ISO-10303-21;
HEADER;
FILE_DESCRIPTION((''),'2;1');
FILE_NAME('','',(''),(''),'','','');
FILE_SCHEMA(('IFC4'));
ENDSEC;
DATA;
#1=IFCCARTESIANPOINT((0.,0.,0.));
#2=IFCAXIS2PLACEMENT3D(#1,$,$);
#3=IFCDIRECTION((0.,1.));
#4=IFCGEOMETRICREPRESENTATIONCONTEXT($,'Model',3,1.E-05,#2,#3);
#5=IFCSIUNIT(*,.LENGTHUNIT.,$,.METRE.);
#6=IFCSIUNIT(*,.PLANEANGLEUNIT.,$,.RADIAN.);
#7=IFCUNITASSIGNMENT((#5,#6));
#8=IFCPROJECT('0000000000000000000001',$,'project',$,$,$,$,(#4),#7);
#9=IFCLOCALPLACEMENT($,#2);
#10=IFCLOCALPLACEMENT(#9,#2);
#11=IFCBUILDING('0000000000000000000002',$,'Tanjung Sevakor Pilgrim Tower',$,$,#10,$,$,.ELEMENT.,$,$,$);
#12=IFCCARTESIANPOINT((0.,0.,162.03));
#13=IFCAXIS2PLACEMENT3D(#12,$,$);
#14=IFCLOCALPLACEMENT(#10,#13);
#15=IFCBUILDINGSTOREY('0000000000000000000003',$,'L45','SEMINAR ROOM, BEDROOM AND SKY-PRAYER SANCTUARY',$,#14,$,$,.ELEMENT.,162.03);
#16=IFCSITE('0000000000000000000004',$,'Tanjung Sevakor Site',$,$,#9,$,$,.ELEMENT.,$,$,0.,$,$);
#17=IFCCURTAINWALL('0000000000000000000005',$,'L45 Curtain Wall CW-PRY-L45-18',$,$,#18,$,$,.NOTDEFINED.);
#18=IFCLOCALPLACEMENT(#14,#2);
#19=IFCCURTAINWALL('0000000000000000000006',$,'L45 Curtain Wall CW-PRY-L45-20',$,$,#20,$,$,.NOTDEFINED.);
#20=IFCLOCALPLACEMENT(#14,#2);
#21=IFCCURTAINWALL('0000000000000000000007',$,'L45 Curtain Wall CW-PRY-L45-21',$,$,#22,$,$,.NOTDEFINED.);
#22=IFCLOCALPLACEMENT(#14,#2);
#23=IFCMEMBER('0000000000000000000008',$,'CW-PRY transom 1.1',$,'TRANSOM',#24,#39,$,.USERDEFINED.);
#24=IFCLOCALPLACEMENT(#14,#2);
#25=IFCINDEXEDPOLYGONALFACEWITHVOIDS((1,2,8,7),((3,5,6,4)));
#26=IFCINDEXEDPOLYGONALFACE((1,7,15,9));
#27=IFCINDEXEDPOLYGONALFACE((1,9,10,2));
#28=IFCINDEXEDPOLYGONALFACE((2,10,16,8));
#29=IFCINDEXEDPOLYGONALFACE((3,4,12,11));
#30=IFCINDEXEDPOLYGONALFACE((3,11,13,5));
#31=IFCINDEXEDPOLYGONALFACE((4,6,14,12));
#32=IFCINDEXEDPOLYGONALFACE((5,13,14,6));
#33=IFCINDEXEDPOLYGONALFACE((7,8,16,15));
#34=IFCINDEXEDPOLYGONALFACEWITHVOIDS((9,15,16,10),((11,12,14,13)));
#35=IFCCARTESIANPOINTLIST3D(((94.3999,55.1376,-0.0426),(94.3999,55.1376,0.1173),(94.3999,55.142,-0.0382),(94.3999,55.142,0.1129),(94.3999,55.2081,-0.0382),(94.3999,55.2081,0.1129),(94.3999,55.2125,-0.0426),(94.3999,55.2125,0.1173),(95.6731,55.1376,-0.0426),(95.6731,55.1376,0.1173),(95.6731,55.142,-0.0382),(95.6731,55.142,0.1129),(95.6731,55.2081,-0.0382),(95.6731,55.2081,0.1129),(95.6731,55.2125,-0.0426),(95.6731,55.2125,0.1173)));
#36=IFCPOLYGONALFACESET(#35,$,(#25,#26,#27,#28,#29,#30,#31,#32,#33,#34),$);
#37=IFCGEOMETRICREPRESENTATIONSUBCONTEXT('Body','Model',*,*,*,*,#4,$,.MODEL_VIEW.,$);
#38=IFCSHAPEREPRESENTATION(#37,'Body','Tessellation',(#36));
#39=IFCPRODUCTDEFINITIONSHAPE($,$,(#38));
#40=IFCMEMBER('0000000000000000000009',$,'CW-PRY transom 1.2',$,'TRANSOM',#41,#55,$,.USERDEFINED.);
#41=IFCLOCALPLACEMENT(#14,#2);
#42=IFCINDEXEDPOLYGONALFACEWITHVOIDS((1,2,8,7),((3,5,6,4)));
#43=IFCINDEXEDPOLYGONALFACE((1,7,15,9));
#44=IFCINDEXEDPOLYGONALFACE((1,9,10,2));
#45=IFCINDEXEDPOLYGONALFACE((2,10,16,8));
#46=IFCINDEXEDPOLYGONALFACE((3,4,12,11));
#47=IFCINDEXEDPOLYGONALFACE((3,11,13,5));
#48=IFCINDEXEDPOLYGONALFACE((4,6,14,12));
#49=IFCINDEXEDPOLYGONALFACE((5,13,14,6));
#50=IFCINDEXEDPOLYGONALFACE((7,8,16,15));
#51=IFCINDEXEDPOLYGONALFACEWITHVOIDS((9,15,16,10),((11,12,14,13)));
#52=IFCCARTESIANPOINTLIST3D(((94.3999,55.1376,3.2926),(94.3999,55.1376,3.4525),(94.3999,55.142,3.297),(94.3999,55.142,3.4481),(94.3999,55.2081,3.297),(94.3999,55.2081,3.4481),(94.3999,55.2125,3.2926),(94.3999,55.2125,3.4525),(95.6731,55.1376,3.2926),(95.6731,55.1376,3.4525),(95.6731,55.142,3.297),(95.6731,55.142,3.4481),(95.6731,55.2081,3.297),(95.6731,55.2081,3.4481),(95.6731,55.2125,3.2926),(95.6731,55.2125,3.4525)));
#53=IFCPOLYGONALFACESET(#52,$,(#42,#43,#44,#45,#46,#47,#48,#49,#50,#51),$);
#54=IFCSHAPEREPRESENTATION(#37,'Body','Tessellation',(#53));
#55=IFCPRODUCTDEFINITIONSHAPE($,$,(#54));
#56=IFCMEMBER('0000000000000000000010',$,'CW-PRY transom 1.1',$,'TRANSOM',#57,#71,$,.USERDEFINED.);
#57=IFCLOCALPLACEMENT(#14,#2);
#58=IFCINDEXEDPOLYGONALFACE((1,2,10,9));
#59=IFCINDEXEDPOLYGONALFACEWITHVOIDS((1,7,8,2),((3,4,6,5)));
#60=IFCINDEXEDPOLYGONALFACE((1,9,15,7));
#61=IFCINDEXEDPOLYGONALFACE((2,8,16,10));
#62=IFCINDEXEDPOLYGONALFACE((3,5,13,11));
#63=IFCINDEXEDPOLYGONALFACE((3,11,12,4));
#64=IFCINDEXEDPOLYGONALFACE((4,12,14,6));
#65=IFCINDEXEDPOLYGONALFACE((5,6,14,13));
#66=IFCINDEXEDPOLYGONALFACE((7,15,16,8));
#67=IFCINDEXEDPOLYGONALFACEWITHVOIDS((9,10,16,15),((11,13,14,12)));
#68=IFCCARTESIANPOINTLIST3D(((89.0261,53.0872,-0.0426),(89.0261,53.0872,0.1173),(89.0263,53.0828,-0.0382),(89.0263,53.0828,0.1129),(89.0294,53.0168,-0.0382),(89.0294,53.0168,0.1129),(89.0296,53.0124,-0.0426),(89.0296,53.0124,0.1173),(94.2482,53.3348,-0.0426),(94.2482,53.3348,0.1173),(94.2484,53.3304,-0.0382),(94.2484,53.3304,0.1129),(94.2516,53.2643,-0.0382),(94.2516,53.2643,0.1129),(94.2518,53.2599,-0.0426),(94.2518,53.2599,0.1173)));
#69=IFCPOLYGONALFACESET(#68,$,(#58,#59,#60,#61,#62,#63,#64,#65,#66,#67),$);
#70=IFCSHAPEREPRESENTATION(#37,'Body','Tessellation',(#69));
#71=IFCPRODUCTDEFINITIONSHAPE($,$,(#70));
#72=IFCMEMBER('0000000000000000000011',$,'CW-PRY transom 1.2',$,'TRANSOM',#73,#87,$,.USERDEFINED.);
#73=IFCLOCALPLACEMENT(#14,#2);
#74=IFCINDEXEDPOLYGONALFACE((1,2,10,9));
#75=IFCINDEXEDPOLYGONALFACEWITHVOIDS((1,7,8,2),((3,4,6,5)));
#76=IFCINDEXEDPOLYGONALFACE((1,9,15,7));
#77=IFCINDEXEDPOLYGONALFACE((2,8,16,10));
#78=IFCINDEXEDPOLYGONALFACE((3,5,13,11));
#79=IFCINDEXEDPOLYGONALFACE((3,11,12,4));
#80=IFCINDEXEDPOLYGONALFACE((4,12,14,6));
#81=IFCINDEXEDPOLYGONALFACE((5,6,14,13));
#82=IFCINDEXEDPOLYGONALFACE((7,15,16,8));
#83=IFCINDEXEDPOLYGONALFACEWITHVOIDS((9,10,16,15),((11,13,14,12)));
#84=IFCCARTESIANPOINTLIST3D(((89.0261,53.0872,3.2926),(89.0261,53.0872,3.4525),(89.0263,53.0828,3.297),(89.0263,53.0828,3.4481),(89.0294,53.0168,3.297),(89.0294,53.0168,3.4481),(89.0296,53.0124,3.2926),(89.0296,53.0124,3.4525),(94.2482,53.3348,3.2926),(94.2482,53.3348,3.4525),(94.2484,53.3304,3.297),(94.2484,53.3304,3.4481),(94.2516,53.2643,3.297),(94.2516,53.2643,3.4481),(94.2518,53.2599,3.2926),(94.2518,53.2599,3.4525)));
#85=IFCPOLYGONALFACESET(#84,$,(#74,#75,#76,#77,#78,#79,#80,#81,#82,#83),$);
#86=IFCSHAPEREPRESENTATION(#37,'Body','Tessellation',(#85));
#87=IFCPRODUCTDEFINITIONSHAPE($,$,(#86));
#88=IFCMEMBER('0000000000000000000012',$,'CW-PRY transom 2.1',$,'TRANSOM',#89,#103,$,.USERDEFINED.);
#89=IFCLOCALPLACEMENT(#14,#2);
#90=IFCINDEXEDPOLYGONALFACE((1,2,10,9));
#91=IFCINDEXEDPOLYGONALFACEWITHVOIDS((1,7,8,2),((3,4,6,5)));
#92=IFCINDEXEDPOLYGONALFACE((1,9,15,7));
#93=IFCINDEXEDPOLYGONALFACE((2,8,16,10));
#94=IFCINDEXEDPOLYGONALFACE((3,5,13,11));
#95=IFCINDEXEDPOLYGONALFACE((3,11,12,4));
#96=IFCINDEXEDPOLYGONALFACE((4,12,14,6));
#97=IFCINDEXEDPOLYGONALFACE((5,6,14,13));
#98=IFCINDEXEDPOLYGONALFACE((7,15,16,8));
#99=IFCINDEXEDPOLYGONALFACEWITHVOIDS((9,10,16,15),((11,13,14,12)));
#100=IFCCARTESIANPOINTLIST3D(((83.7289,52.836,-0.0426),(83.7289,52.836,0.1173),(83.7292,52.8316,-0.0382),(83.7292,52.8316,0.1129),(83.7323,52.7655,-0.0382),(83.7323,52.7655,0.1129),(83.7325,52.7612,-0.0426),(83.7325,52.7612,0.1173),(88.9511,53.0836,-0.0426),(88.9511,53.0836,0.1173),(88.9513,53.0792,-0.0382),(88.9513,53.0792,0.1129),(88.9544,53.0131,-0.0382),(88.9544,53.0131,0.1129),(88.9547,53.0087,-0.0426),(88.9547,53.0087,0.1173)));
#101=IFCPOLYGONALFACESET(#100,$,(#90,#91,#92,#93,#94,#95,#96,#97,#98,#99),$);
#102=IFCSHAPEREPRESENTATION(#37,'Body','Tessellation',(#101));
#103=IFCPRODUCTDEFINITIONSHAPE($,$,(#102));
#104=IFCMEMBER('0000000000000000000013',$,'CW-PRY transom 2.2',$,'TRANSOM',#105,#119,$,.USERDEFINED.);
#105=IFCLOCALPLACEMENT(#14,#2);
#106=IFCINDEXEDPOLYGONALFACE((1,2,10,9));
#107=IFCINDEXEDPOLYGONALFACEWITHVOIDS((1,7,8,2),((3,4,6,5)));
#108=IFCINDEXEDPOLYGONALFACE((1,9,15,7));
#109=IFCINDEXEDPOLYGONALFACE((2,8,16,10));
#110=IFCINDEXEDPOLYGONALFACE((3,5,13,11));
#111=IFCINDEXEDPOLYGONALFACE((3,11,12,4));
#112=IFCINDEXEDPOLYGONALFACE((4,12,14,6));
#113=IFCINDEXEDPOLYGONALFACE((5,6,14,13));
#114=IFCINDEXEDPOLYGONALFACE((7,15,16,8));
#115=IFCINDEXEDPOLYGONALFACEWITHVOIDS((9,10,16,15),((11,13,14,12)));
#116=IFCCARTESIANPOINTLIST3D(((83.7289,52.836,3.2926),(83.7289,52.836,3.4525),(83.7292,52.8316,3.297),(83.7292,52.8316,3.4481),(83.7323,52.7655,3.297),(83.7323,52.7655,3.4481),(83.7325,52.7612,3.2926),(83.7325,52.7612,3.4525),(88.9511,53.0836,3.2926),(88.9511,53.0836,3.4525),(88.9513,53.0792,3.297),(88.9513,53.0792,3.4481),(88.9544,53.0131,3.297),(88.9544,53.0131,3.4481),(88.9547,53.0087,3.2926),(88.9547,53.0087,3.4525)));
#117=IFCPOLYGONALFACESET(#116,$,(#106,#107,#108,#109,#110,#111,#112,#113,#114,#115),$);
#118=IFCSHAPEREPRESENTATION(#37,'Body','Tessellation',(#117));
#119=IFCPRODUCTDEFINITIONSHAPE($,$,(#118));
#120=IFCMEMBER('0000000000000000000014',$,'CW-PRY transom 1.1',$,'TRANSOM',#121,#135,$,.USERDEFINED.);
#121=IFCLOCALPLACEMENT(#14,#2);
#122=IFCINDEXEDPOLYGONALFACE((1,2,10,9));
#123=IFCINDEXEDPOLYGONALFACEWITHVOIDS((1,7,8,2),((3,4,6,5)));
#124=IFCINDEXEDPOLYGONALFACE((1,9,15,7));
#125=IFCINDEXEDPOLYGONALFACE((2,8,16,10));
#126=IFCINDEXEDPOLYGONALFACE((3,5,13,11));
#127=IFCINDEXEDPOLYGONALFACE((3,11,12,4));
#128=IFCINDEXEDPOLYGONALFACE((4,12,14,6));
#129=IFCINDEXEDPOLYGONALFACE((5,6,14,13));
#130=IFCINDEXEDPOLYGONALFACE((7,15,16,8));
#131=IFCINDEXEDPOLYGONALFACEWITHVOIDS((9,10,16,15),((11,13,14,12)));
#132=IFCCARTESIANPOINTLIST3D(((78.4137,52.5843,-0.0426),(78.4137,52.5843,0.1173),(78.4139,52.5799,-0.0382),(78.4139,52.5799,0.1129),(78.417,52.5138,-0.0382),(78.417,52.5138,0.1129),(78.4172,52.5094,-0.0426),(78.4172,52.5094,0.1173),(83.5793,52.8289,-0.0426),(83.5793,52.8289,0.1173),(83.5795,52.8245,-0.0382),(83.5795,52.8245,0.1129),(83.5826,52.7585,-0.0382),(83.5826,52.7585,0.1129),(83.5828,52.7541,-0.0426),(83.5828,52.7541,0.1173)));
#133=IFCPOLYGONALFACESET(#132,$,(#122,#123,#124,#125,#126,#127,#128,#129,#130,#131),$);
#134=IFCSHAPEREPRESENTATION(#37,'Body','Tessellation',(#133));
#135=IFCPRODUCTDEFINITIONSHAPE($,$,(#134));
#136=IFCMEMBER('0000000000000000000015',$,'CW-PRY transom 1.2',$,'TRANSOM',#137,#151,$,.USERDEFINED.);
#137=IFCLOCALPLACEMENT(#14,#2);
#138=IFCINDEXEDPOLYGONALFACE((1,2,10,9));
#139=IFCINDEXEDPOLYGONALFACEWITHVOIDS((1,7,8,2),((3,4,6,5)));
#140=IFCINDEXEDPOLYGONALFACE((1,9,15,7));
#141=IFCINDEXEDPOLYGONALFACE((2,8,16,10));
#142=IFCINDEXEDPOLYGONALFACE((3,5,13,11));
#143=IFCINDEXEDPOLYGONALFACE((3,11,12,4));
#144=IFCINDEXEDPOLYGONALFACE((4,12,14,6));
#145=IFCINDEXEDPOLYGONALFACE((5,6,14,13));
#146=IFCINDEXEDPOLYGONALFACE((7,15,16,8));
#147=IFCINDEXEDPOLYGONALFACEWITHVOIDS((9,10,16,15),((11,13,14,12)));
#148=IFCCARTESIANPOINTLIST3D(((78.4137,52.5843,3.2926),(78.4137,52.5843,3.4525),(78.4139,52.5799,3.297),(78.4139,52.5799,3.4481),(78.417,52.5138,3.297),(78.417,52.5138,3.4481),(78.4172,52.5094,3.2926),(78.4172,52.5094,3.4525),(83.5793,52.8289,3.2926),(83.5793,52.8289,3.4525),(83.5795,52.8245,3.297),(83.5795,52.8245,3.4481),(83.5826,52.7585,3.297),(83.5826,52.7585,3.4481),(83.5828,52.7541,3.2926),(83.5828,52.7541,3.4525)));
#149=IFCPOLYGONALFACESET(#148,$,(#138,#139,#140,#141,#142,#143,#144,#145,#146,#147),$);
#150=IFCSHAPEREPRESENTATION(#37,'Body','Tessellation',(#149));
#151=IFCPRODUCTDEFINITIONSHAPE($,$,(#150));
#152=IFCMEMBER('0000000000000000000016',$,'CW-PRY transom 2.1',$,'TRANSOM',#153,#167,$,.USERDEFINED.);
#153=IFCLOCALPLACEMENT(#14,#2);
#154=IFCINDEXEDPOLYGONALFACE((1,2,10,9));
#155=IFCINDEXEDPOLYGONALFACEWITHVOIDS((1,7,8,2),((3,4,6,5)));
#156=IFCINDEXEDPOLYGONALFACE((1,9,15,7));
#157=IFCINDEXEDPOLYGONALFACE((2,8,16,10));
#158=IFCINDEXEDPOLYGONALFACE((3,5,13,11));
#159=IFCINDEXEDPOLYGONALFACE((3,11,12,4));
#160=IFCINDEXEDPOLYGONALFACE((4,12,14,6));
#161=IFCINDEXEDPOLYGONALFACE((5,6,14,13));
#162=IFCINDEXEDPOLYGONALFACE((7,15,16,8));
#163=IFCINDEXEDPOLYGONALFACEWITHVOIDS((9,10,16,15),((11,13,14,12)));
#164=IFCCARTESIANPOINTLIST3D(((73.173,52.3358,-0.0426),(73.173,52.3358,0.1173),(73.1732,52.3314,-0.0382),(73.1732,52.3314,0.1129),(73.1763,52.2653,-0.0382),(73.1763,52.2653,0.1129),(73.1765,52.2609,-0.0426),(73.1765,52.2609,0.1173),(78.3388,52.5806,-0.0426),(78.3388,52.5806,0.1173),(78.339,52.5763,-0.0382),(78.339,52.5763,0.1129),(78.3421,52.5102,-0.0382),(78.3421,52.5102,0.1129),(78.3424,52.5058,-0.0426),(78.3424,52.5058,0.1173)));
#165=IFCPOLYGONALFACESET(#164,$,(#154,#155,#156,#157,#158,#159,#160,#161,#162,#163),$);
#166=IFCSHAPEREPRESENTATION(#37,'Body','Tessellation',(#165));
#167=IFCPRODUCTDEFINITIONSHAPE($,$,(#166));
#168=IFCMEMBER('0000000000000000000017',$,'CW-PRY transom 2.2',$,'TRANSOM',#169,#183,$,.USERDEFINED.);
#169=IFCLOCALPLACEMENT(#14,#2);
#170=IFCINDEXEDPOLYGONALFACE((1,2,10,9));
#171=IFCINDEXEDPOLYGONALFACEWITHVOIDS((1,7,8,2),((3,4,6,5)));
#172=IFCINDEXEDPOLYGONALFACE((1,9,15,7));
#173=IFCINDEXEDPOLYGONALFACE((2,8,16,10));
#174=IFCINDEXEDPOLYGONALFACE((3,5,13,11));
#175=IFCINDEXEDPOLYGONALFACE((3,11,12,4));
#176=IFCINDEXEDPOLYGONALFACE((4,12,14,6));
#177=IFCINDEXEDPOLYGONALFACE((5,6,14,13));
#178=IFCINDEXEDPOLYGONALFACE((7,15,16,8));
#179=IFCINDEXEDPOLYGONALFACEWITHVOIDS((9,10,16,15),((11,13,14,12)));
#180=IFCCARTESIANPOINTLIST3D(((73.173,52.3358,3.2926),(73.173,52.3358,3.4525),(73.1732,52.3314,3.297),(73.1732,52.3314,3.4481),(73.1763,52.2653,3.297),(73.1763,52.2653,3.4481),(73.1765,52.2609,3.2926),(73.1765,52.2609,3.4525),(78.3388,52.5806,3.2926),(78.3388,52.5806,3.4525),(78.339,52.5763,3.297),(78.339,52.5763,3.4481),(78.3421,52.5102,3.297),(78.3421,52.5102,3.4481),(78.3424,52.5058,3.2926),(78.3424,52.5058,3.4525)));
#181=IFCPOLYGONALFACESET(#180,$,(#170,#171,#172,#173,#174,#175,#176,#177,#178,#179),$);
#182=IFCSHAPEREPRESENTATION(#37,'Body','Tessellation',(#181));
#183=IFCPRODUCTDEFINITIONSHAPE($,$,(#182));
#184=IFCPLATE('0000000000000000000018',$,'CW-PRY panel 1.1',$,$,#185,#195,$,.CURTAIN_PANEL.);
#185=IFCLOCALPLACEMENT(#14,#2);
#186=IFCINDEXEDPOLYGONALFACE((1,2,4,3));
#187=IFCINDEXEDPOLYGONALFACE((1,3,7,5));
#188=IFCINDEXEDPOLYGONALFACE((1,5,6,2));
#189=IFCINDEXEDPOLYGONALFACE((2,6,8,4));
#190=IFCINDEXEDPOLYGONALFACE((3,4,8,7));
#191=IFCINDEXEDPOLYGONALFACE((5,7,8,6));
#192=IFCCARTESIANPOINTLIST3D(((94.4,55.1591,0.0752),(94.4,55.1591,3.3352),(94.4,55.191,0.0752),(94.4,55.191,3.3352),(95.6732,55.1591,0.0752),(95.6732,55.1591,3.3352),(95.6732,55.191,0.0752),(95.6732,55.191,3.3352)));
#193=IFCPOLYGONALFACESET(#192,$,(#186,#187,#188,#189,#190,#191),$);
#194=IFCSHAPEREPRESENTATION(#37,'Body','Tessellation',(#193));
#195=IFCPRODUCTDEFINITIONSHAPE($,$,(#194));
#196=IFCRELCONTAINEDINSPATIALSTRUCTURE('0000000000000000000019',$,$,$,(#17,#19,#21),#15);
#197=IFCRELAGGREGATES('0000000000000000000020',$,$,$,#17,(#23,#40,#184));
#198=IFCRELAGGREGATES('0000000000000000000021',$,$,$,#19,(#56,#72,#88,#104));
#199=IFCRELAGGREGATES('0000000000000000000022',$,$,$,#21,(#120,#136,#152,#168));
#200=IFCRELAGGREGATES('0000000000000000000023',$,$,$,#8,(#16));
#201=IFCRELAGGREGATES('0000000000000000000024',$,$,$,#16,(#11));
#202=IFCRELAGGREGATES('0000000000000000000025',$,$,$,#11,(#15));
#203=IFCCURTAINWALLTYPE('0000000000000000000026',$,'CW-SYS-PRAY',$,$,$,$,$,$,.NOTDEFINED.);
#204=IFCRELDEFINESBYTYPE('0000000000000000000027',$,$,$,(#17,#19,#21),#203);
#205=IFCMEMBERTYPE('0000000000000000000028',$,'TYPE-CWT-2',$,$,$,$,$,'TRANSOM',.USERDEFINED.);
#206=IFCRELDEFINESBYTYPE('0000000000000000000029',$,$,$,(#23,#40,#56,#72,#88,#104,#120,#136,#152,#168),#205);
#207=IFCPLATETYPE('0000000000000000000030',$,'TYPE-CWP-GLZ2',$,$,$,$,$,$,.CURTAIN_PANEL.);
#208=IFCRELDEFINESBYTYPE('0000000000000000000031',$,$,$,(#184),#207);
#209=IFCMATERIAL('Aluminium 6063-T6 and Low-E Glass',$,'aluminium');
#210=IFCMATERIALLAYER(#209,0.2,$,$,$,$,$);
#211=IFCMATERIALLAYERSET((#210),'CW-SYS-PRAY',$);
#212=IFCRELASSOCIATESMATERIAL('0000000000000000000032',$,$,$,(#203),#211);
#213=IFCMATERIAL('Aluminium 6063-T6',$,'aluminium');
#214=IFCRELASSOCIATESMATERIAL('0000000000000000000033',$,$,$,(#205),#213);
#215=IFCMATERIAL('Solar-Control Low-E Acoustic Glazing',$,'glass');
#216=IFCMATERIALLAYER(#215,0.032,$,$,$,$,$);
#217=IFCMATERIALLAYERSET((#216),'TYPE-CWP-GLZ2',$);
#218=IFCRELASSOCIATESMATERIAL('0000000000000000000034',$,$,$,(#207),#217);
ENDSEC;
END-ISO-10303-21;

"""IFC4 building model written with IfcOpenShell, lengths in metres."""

from ifc_helpers import new_model, si_unit, direction, frame, origin, origin_2d, place, context, subcontext, project, spatial, rectangle, hollow_rectangle, extrude, material, layer, layer_set, material_profile, profile_set, type_object, element, aggregate, save


model = new_model("IFC4")

# Units and contexts
model_context = context("Model", 3, precision=1e-05, world=origin(), true_north=direction((0.0, 1.0)))
body_context = subcontext(model_context, "Body", "Model", "MODEL_VIEW")
ifc_project = project(units=[si_unit("LENGTHUNIT", "METRE"), si_unit("PLANEANGLEUNIT", "RADIAN")], contexts=[model_context])

# Site, building, storey
site_placement = place(None, origin())
site = spatial("IfcSite", under=ifc_project, at=site_placement, Name="Tanjung Sevakor Site", CompositionType="ELEMENT", RefElevation=0.0)
building_placement = place(site_placement, origin())
building = spatial("IfcBuilding", under=site, at=building_placement, Name="Tanjung Sevakor Pilgrim Tower", CompositionType="ELEMENT")
storey_placement = place(building_placement, frame((0.0, 0.0, 162.03)))
storey = spatial("IfcBuildingStorey", under=building, at=storey_placement, Name="L45", Description="SEMINAR ROOM, BEDROOM AND SKY-PRAYER SANCTUARY", CompositionType="ELEMENT", Elevation=162.03)

# Curtain walls
ifc_material_1 = material(Name="Aluminium 6063-T6 and Low-E Glass", Category="aluminium")
ifc_layer_1 = layer(ifc_material_1, 0.2)
ifc_layer_set_1 = layer_set([ifc_layer_1], Name="CW-SYS-PRAY")
curtain_wall_type = type_object("IfcCurtainWallType", Name="CW-SYS-PRAY", PredefinedType="NOTDEFINED", material=ifc_layer_set_1)
curtain_wall_1_placement = place(storey_placement, origin())
curtain_wall_1 = element("IfcCurtainWall", 1, at=curtain_wall_1_placement, inside=storey, type_object=curtain_wall_type, Name="L45 Curtain Wall CW-PRY-L45-18", PredefinedType="NOTDEFINED")
curtain_wall_2_placement = place(storey_placement, origin())
curtain_wall_2 = element("IfcCurtainWall", 2, at=curtain_wall_2_placement, inside=storey, type_object=curtain_wall_type, Name="L45 Curtain Wall CW-PRY-L45-20", PredefinedType="NOTDEFINED")
curtain_wall_3_placement = place(storey_placement, origin())
curtain_wall_3 = element("IfcCurtainWall", 3, at=curtain_wall_3_placement, inside=storey, type_object=curtain_wall_type, Name="L45 Curtain Wall CW-PRY-L45-21", PredefinedType="NOTDEFINED")

# Members
ifc_material_2 = material(Name="Aluminium 6063-T6", Category="aluminium")
ifc_material_profile_1 = material_profile(ifc_material_2, hollow_rectangle(XDim=0.075, YDim=0.1599, WallThickness=0.0044, at=origin_2d()))
ifc_profile_set_1 = profile_set([ifc_material_profile_1], Name="Aluminium 6063-T6")
member_type_1 = type_object("IfcMemberType", Name="TYPE-CWT-2", ElementType="TRANSOM", PredefinedType="USERDEFINED", material=ifc_profile_set_1)
member_1_placement = place(storey_placement, frame((95.6731, 55.175, 0.0374), z_axis=(-1.0, 0.0, 0.0), x_axis=(0.0, -1.0, 0.0)))
member_1 = element("IfcMember", 4, at=member_1_placement, type_object=member_type_1, Name="CW-PRY transom 1.1", ObjectType="TRANSOM", PredefinedType="USERDEFINED", context=body_context, shape_type="SweptSolid", body=[
    extrude(hollow_rectangle(XDim=0.075, YDim=0.1599, WallThickness=0.0044, at=origin_2d()), origin(), (0.0, 0.0, 1.0), 1.2732),
])
member_2_placement = place(storey_placement, frame((95.6731, 55.175, 3.3726), z_axis=(-1.0, 0.0, 0.0), x_axis=(0.0, -1.0, 0.0)))
member_2 = element("IfcMember", 5, at=member_2_placement, type_object=member_type_1, Name="CW-PRY transom 1.2", ObjectType="TRANSOM", PredefinedType="USERDEFINED", context=body_context, shape_type="SweptSolid", body=[
    extrude(hollow_rectangle(XDim=0.075, YDim=0.1599, WallThickness=0.0044, at=origin_2d()), origin(), (0.0, 0.0, 1.0), 1.2732),
])
member_3_placement = place(storey_placement, frame((94.25, 53.2974, 0.0374), z_axis=(-0.998878, -0.047352, 0.0), x_axis=(0.047352, -0.998878, 0.0)))
member_3 = element("IfcMember", 6, at=member_3_placement, type_object=member_type_1, Name="CW-PRY transom 1.1", ObjectType="TRANSOM", PredefinedType="USERDEFINED", context=body_context, shape_type="SweptSolid", body=[
    extrude(hollow_rectangle(XDim=0.075, YDim=0.1599, WallThickness=0.0044, at=origin_2d()), origin(), (0.0, 0.0, 1.0), 5.228),
])
member_4_placement = place(storey_placement, frame((94.25, 53.2974, 3.3726), z_axis=(-0.998878, -0.047352, 0.0), x_axis=(0.047352, -0.998878, 0.0)))
member_4 = element("IfcMember", 7, at=member_4_placement, type_object=member_type_1, Name="CW-PRY transom 1.2", ObjectType="TRANSOM", PredefinedType="USERDEFINED", context=body_context, shape_type="SweptSolid", body=[
    extrude(hollow_rectangle(XDim=0.075, YDim=0.1599, WallThickness=0.0044, at=origin_2d()), origin(), (0.0, 0.0, 1.0), 5.228),
])
member_5_placement = place(storey_placement, frame((88.9529, 53.0461, 0.0374), z_axis=(-0.998878, -0.047352, 0.0), x_axis=(0.047352, -0.998878, 0.0)))
member_5 = element("IfcMember", 8, at=member_5_placement, type_object=member_type_1, Name="CW-PRY transom 2.1", ObjectType="TRANSOM", PredefinedType="USERDEFINED", context=body_context, shape_type="SweptSolid", body=[
    extrude(hollow_rectangle(XDim=0.075, YDim=0.1599, WallThickness=0.0044, at=origin_2d()), origin(), (0.0, 0.0, 1.0), 5.228),
])
member_6_placement = place(storey_placement, frame((88.9529, 53.0461, 3.3726), z_axis=(-0.998878, -0.047352, 0.0), x_axis=(0.047352, -0.998878, 0.0)))
member_6 = element("IfcMember", 9, at=member_6_placement, type_object=member_type_1, Name="CW-PRY transom 2.2", ObjectType="TRANSOM", PredefinedType="USERDEFINED", context=body_context, shape_type="SweptSolid", body=[
    extrude(hollow_rectangle(XDim=0.075, YDim=0.1599, WallThickness=0.0044, at=origin_2d()), origin(), (0.0, 0.0, 1.0), 5.228),
])
member_7_placement = place(storey_placement, frame((83.5811, 52.7915, 0.0374), z_axis=(-0.99888, -0.047305, 0.0), x_axis=(0.047305, -0.99888, 0.0)))
member_7 = element("IfcMember", 10, at=member_7_placement, type_object=member_type_1, Name="CW-PRY transom 1.1", ObjectType="TRANSOM", PredefinedType="USERDEFINED", context=body_context, shape_type="SweptSolid", body=[
    extrude(hollow_rectangle(XDim=0.075, YDim=0.1599, WallThickness=0.0044, at=origin_2d()), origin(), (0.0, 0.0, 1.0), 5.1714),
])
member_8_placement = place(storey_placement, frame((83.5811, 52.7915, 3.3726), z_axis=(-0.99888, -0.047305, 0.0), x_axis=(0.047305, -0.99888, 0.0)))
member_8 = element("IfcMember", 11, at=member_8_placement, type_object=member_type_1, Name="CW-PRY transom 1.2", ObjectType="TRANSOM", PredefinedType="USERDEFINED", context=body_context, shape_type="SweptSolid", body=[
    extrude(hollow_rectangle(XDim=0.075, YDim=0.1599, WallThickness=0.0044, at=origin_2d()), origin(), (0.0, 0.0, 1.0), 5.1714),
])
member_9_placement = place(storey_placement, frame((78.3406, 52.5432, 0.0374), z_axis=(-0.998878, -0.04735, 0.0), x_axis=(0.04735, -0.998878, 0.0)))
member_9 = element("IfcMember", 12, at=member_9_placement, type_object=member_type_1, Name="CW-PRY transom 2.1", ObjectType="TRANSOM", PredefinedType="USERDEFINED", context=body_context, shape_type="SweptSolid", body=[
    extrude(hollow_rectangle(XDim=0.075, YDim=0.1599, WallThickness=0.0044, at=origin_2d()), origin(), (0.0, 0.0, 1.0), 5.1716),
])
member_10_placement = place(storey_placement, frame((78.3406, 52.5432, 3.3726), z_axis=(-0.998878, -0.04735, 0.0), x_axis=(0.04735, -0.998878, 0.0)))
member_10 = element("IfcMember", 13, at=member_10_placement, type_object=member_type_1, Name="CW-PRY transom 2.2", ObjectType="TRANSOM", PredefinedType="USERDEFINED", context=body_context, shape_type="SweptSolid", body=[
    extrude(hollow_rectangle(XDim=0.075, YDim=0.1599, WallThickness=0.0044, at=origin_2d()), origin(), (0.0, 0.0, 1.0), 5.1716),
])

# Plate
ifc_material_3 = material(Name="Solar-Control Low-E Acoustic Glazing", Category="glass")
ifc_layer_2 = layer(ifc_material_3, 0.032)
ifc_layer_set_2 = layer_set([ifc_layer_2], Name="TYPE-CWP-GLZ2")
plate_type = type_object("IfcPlateType", Name="TYPE-CWP-GLZ2", PredefinedType="CURTAIN_PANEL", material=ifc_layer_set_2)
plate_1_placement = place(storey_placement, frame((95.0366, 55.175, 0.0752), z_axis=(0.0, 0.0, 1.0), x_axis=(-1.0, 0.0, 0.0)))
plate_1 = element("IfcPlate", 14, at=plate_1_placement, type_object=plate_type, Name="CW-PRY panel 1.1", PredefinedType="CURTAIN_PANEL", context=body_context, shape_type="SweptSolid", body=[
    extrude(rectangle(XDim=1.2732, YDim=0.032, at=origin_2d()), origin(), (0.0, 0.0, 1.0), 3.26),
])
aggregate(curtain_wall_1, [member_1, member_2, plate_1])
aggregate(curtain_wall_2, [member_3, member_4, member_5, member_6])
aggregate(curtain_wall_3, [member_7, member_8, member_9, member_10])

save(model, "model.ifc")
